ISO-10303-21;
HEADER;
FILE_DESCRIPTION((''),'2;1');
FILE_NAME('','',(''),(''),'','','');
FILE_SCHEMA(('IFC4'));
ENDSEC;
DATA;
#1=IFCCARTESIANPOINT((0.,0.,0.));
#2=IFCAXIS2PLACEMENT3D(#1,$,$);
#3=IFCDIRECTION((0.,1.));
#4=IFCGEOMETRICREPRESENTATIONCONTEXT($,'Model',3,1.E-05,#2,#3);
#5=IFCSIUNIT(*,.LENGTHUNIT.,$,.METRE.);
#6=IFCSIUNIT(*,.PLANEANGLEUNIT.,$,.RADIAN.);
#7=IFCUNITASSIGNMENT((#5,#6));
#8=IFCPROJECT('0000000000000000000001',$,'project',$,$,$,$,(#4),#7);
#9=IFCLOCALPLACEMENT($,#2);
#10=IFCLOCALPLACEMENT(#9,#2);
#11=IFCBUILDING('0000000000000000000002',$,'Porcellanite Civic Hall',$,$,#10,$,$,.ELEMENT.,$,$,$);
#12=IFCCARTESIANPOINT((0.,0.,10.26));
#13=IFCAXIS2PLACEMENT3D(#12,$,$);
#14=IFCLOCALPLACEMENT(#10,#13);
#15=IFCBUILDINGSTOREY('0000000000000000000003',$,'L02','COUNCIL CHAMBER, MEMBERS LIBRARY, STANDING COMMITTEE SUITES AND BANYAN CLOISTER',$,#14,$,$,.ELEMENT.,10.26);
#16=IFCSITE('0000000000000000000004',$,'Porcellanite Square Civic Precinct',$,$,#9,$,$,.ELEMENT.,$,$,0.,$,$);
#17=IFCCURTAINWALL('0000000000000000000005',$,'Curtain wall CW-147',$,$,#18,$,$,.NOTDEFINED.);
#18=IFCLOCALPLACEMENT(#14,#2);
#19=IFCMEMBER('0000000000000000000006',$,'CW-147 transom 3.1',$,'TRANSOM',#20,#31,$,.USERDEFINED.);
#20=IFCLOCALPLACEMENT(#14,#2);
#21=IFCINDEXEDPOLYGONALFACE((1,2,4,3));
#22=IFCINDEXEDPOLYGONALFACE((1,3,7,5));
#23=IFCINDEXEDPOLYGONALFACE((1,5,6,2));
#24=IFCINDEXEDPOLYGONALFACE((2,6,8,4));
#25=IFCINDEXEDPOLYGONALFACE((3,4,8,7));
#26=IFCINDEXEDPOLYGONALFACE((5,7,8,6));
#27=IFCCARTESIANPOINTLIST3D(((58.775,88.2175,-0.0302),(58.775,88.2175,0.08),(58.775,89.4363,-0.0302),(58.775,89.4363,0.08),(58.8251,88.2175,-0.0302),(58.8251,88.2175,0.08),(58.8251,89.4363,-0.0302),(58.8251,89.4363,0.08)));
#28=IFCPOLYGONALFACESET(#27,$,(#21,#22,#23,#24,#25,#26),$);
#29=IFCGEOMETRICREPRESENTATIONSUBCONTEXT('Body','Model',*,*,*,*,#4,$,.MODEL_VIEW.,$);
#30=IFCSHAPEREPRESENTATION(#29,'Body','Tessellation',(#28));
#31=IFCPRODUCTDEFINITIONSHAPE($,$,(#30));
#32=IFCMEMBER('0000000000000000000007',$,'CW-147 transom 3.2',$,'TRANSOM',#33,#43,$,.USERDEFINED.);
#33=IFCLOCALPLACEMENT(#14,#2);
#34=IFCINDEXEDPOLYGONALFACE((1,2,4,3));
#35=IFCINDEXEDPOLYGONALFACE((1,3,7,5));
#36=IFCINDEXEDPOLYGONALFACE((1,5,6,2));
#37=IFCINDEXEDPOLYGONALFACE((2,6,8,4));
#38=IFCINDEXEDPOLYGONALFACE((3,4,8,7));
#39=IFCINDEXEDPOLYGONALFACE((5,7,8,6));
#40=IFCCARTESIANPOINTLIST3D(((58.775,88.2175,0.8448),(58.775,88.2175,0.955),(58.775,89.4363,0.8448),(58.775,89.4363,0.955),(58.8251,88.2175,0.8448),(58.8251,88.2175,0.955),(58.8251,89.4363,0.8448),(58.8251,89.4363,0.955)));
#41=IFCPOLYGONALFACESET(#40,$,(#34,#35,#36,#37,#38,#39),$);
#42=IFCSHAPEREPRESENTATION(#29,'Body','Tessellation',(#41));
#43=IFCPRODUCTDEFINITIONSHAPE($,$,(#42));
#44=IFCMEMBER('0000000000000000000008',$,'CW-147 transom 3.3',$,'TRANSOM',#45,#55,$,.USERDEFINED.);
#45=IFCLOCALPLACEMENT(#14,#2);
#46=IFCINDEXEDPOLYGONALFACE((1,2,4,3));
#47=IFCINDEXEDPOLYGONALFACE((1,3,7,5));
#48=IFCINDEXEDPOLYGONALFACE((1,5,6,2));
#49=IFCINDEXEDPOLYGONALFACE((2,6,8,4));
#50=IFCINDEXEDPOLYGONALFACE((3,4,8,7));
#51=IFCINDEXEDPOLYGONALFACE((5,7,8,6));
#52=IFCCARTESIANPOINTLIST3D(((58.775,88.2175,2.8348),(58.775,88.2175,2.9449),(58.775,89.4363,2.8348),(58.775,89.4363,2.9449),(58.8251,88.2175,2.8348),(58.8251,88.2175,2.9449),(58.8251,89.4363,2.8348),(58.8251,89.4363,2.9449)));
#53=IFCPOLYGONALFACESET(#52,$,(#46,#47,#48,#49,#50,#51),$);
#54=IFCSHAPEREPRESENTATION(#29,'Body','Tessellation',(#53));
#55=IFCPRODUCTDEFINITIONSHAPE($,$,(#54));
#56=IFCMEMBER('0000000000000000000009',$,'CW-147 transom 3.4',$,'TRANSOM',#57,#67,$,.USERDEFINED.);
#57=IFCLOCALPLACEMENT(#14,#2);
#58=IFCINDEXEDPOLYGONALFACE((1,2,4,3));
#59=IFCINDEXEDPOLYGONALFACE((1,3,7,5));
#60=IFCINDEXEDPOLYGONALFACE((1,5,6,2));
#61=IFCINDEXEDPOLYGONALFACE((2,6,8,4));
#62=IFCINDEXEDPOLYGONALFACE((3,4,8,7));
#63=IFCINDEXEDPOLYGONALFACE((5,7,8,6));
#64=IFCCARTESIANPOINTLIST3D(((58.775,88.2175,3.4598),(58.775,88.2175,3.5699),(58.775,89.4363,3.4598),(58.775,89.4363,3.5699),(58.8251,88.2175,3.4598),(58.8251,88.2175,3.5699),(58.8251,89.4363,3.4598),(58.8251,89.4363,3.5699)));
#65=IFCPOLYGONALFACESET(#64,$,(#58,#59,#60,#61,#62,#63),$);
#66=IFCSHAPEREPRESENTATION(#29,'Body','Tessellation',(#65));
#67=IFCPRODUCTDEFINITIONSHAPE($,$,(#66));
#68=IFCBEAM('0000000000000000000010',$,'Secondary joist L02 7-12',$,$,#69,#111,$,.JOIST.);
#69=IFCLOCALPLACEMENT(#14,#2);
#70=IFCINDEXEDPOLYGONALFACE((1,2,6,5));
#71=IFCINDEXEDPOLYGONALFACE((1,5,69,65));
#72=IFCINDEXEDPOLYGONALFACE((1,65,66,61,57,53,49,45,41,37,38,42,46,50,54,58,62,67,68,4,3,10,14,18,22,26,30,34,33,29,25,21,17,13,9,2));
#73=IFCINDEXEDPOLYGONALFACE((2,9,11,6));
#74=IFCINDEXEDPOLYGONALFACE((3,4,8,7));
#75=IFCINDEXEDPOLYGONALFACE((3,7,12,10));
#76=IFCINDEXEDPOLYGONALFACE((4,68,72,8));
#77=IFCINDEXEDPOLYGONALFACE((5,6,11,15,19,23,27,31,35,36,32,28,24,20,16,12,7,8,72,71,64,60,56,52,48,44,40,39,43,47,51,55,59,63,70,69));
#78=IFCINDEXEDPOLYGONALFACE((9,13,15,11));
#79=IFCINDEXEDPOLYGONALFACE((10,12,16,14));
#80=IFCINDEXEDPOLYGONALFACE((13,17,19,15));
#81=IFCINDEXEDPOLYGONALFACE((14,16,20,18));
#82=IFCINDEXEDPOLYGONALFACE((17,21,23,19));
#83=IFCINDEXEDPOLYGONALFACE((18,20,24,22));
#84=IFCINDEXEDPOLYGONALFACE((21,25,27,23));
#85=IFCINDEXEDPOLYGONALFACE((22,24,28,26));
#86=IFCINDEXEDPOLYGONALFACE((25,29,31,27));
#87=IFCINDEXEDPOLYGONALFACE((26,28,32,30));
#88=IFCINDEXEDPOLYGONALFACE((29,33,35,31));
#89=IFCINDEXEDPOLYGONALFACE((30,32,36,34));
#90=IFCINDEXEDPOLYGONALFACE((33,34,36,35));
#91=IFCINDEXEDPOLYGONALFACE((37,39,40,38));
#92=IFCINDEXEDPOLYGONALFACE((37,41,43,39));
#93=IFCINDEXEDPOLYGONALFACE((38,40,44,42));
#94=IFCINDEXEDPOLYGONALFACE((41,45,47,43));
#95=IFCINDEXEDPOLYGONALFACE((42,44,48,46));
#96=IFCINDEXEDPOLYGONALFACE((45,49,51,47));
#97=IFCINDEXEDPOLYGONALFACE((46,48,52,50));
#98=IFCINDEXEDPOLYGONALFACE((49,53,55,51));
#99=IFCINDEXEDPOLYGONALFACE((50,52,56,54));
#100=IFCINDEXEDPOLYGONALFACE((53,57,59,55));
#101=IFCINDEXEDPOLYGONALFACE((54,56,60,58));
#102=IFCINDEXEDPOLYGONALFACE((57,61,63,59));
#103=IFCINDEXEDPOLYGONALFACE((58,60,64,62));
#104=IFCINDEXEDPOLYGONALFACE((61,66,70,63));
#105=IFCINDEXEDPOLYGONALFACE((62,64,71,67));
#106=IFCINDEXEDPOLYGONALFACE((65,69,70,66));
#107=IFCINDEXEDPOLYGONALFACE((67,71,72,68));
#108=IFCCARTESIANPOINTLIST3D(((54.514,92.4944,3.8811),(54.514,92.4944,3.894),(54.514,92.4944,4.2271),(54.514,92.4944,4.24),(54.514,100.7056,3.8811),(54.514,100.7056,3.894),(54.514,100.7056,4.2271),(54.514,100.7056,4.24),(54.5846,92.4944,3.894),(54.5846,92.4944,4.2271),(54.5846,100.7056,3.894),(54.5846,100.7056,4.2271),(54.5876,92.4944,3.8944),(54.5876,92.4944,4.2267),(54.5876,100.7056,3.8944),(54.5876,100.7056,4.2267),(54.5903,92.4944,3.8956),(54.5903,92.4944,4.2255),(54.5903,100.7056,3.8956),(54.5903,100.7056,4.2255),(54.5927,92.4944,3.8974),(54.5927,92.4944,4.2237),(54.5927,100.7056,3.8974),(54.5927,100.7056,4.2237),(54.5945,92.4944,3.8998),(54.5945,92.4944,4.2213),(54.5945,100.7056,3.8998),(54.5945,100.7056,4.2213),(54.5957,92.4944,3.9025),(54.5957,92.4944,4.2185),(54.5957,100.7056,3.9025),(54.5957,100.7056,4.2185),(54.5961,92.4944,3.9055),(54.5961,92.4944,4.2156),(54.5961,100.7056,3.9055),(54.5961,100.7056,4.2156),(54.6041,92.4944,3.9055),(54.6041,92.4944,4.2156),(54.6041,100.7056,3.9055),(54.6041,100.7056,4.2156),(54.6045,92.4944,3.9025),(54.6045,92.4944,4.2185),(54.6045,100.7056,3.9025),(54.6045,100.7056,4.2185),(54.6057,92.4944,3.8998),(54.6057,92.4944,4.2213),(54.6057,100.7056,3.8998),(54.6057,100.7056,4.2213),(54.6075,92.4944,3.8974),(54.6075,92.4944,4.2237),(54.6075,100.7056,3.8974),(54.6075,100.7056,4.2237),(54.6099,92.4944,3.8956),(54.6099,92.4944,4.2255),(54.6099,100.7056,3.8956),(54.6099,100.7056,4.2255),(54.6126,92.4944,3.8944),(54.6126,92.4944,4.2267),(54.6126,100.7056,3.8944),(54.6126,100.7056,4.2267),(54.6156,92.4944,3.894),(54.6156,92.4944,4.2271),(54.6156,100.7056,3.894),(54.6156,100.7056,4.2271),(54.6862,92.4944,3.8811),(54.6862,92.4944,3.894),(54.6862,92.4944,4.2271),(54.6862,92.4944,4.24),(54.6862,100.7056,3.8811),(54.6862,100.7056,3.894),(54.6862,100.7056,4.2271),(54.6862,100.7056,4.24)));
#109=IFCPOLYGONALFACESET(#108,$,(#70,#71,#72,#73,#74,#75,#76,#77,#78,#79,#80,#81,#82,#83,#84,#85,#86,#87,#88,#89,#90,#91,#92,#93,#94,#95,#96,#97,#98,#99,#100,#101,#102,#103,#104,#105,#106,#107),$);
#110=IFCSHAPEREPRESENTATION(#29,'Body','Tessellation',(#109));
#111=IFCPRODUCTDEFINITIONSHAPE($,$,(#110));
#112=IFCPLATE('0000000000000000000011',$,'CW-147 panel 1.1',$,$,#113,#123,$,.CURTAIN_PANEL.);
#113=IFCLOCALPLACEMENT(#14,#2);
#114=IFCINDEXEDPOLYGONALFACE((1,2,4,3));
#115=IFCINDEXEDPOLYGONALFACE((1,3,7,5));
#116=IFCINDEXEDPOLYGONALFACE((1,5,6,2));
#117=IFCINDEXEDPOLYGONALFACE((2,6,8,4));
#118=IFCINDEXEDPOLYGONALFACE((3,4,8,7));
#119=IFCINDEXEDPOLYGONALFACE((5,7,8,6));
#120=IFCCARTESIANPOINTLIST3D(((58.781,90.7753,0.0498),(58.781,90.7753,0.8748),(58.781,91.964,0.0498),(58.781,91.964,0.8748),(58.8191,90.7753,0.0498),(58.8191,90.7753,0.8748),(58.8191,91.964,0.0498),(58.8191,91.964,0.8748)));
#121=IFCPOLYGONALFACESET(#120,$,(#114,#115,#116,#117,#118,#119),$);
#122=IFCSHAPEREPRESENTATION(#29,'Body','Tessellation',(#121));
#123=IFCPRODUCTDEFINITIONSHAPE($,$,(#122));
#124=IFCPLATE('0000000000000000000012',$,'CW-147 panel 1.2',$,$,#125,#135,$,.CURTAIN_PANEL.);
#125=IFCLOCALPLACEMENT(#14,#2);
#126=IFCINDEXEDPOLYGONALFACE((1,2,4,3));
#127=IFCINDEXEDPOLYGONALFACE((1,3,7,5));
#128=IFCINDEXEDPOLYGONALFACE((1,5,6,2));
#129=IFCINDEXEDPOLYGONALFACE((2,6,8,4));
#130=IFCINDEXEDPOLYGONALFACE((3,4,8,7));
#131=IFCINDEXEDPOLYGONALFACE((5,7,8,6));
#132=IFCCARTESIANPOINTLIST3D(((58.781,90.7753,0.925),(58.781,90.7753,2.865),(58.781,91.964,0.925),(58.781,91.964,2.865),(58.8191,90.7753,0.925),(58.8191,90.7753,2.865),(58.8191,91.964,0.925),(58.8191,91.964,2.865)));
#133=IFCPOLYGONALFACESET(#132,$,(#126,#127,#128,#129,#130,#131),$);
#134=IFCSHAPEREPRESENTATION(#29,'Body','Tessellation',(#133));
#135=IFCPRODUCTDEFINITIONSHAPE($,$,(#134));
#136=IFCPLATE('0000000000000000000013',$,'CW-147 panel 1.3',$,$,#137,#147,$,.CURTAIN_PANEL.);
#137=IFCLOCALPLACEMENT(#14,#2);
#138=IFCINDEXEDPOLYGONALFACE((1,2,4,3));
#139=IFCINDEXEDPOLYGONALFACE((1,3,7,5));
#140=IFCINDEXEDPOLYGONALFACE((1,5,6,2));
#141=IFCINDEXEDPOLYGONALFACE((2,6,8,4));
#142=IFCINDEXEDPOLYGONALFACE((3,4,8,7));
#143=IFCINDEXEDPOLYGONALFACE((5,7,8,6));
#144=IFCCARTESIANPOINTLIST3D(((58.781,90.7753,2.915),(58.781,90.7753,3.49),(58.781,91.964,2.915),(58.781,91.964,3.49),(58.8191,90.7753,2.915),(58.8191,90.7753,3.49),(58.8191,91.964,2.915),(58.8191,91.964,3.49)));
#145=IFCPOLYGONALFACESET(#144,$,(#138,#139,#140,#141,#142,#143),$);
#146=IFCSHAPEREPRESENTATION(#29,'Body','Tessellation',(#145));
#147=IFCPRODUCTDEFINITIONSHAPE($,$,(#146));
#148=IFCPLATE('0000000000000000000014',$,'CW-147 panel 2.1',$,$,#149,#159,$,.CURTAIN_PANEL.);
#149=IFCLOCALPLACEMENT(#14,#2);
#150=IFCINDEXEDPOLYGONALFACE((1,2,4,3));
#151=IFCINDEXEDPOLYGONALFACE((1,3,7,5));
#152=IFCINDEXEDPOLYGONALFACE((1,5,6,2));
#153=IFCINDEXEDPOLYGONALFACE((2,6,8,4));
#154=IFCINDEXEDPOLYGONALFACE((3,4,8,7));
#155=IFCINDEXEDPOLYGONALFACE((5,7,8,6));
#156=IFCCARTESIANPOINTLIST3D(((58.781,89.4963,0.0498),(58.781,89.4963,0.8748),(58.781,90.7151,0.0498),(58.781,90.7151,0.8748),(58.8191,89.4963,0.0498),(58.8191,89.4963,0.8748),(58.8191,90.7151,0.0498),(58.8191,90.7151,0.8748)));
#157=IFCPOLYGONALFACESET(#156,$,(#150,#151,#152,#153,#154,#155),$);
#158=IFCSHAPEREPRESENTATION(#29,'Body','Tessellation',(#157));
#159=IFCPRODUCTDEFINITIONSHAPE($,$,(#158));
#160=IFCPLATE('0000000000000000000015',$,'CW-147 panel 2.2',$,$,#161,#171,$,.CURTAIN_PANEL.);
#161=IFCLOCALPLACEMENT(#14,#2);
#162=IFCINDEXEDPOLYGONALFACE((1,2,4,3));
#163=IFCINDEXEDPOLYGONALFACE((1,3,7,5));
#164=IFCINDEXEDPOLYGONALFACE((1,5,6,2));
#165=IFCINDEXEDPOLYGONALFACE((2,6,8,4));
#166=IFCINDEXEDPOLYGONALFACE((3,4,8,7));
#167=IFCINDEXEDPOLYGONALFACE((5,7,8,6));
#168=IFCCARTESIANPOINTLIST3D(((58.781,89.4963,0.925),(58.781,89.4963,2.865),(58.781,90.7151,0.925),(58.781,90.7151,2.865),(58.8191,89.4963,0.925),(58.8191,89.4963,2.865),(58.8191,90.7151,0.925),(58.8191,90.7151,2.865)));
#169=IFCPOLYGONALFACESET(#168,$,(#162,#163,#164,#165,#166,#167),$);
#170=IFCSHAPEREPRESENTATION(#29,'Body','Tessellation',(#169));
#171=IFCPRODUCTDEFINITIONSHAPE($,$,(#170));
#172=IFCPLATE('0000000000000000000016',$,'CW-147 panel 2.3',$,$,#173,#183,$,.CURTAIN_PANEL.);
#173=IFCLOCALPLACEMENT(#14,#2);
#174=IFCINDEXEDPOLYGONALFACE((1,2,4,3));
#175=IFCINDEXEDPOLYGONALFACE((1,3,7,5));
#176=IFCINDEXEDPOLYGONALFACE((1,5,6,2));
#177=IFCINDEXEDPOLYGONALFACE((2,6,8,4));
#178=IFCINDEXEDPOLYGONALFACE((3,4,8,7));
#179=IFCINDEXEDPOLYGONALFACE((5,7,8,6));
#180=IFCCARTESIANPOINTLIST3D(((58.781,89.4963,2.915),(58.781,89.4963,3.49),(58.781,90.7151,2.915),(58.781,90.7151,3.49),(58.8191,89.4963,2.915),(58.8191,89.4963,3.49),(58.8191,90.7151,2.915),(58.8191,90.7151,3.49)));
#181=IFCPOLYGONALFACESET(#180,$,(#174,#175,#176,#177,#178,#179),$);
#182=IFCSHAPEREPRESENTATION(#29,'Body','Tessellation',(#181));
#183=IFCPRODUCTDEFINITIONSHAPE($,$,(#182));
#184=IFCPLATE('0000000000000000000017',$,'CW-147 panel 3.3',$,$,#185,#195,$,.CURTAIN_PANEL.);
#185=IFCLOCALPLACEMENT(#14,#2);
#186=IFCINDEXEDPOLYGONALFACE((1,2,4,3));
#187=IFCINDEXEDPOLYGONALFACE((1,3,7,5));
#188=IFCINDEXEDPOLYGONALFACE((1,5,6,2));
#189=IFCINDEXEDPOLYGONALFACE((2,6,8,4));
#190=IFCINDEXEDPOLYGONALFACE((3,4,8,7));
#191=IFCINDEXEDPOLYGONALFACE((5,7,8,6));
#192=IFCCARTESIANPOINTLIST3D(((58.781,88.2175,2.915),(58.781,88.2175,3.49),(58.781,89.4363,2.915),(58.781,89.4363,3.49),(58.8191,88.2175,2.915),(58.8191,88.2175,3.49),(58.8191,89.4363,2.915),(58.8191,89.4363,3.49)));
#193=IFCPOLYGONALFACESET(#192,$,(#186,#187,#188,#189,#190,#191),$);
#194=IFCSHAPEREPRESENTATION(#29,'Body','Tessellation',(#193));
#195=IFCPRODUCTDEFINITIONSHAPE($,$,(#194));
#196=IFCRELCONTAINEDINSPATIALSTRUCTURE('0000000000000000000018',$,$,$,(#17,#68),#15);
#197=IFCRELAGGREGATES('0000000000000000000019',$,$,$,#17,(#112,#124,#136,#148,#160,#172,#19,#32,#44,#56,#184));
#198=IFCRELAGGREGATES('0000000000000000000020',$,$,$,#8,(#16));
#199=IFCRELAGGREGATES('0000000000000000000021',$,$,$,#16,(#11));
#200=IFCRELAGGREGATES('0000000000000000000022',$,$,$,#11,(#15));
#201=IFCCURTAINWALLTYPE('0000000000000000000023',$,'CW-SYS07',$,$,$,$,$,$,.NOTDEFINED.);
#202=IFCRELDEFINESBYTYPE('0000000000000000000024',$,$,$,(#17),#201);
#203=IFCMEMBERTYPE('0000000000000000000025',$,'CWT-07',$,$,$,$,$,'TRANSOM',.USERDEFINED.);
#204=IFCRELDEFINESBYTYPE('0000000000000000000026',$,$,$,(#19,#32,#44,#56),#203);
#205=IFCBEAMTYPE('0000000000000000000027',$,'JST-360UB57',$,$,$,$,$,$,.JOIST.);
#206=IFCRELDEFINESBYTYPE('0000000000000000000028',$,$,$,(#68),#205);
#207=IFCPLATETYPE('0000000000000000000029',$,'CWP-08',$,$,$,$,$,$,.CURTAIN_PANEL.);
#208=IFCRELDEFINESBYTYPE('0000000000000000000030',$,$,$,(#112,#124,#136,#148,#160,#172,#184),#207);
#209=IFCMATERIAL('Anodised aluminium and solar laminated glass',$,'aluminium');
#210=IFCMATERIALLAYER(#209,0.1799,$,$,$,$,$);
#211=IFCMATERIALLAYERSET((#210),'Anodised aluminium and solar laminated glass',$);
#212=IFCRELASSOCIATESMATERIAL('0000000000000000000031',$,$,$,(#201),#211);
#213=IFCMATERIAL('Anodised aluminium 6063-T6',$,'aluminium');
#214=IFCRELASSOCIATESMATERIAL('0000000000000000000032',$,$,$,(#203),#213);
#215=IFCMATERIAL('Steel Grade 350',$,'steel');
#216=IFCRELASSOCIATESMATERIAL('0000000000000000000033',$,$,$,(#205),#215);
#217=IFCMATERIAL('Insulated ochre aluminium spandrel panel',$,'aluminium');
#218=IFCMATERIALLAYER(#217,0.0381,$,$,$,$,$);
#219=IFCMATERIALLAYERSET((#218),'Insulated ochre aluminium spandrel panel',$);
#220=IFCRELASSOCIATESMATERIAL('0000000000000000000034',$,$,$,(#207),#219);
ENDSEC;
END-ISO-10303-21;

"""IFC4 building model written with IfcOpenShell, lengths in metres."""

from ifc_helpers import new_model, si_unit, direction, frame, origin, origin_2d, place, context, subcontext, project, spatial, rectangle, i_section, extrude, material, layer, layer_set, material_profile, profile_set, type_object, element, aggregate, save


model = new_model("IFC4")

# Units and contexts
model_context = context("Model", 3, precision=1e-05, world=origin(), true_north=direction((0.0, 1.0)))
body_context = subcontext(model_context, "Body", "Model", "MODEL_VIEW")
ifc_project = project(units=[si_unit("LENGTHUNIT", "METRE"), si_unit("PLANEANGLEUNIT", "RADIAN")], contexts=[model_context])

# Site, building, storey
site_placement = place(None, origin())
site = spatial("IfcSite", under=ifc_project, at=site_placement, Name="Porcellanite Square Civic Precinct", CompositionType="ELEMENT", RefElevation=0.0)
building_placement = place(site_placement, origin())
building = spatial("IfcBuilding", under=site, at=building_placement, Name="Porcellanite Civic Hall", CompositionType="ELEMENT")
storey_placement = place(building_placement, frame((0.0, 0.0, 10.26)))
storey = spatial("IfcBuildingStorey", under=building, at=storey_placement, Name="L02", Description="COUNCIL CHAMBER, MEMBERS LIBRARY, STANDING COMMITTEE SUITES AND BANYAN CLOISTER", CompositionType="ELEMENT", Elevation=10.26)

# Curtain wall, members
ifc_material_1 = material(Name="Anodised aluminium and solar laminated glass", Category="aluminium")
ifc_layer_1 = layer(ifc_material_1, 0.1799)
ifc_layer_set_1 = layer_set([ifc_layer_1], Name="Anodised aluminium and solar laminated glass")
curtain_wall_type_1 = type_object("IfcCurtainWallType", Name="CW-SYS07", PredefinedType="NOTDEFINED", material=ifc_layer_set_1)
curtain_wall_1_placement = place(storey_placement, origin())
curtain_wall_1 = element("IfcCurtainWall", 1, at=curtain_wall_1_placement, inside=storey, type_object=curtain_wall_type_1, Name="Curtain wall CW-147", PredefinedType="NOTDEFINED")
ifc_material_2 = material(Name="Anodised aluminium 6063-T6", Category="aluminium")
ifc_material_profile_1 = material_profile(ifc_material_2, rectangle(XDim=0.05, YDim=0.1101, at=origin_2d()), Name="AL-50x110")
ifc_profile_set_1 = profile_set([ifc_material_profile_1], Name="Anodised aluminium 6063-T6")
member_type_1 = type_object("IfcMemberType", Name="CWT-07", ElementType="TRANSOM", PredefinedType="USERDEFINED", material=ifc_profile_set_1)
member_1_placement = place(storey_placement, frame((58.8, 89.4363, 0.0249), z_axis=(0.0, -1.0, 0.0), x_axis=(1.0, 0.0, 0.0)))
member_1 = element("IfcMember", 2, at=member_1_placement, type_object=member_type_1, Name="CW-147 transom 3.1", ObjectType="TRANSOM", PredefinedType="USERDEFINED", context=body_context, shape_type="SweptSolid", body=[
    extrude(rectangle(XDim=0.05, YDim=0.1101, at=origin_2d()), origin(), (0.0, 0.0, 1.0), 1.2188),
])
member_2_placement = place(storey_placement, frame((58.8, 89.4363, 0.8999), z_axis=(0.0, -1.0, 0.0), x_axis=(1.0, 0.0, 0.0)))
member_2 = element("IfcMember", 3, at=member_2_placement, type_object=member_type_1, Name="CW-147 transom 3.2", ObjectType="TRANSOM", PredefinedType="USERDEFINED", context=body_context, shape_type="SweptSolid", body=[
    extrude(rectangle(XDim=0.05, YDim=0.1101, at=origin_2d()), origin(), (0.0, 0.0, 1.0), 1.2188),
])
member_3_placement = place(storey_placement, frame((58.8, 89.4363, 2.8899), z_axis=(0.0, -1.0, 0.0), x_axis=(1.0, 0.0, 0.0)))
member_3 = element("IfcMember", 4, at=member_3_placement, type_object=member_type_1, Name="CW-147 transom 3.3", ObjectType="TRANSOM", PredefinedType="USERDEFINED", context=body_context, shape_type="SweptSolid", body=[
    extrude(rectangle(XDim=0.05, YDim=0.1101, at=origin_2d()), origin(), (0.0, 0.0, 1.0), 1.2188),
])
member_4_placement = place(storey_placement, frame((58.8, 89.4363, 3.5149), z_axis=(0.0, -1.0, 0.0), x_axis=(1.0, 0.0, 0.0)))
member_4 = element("IfcMember", 5, at=member_4_placement, type_object=member_type_1, Name="CW-147 transom 3.4", ObjectType="TRANSOM", PredefinedType="USERDEFINED", context=body_context, shape_type="SweptSolid", body=[
    extrude(rectangle(XDim=0.05, YDim=0.1101, at=origin_2d()), origin(), (0.0, 0.0, 1.0), 1.2188),
])

# Beam
ifc_material_3 = material(Name="Steel Grade 350", Category="steel")
ifc_material_profile_2 = material_profile(ifc_material_3, i_section(OverallWidth=0.1721, OverallDepth=0.3589, WebThickness=0.0081, FlangeThickness=0.0129, FilletRadius=0.0115, at=origin_2d()), Name="360UB56.7")
ifc_profile_set_2 = profile_set([ifc_material_profile_2], Name="Steel Grade 350")
beam_type_1 = type_object("IfcBeamType", Name="JST-360UB57", PredefinedType="JOIST", material=ifc_profile_set_2)
beam_1_placement = place(storey_placement, frame((54.6001, 92.4944, 4.0605), z_axis=(0.0, 1.0, 0.0), x_axis=(-1.0, 0.0, 0.0)))
element("IfcBeam", 6, at=beam_1_placement, inside=storey, type_object=beam_type_1, Name="Secondary joist L02 7-12", PredefinedType="JOIST", context=body_context, shape_type="SweptSolid", body=[
    extrude(i_section(OverallWidth=0.1721, OverallDepth=0.3589, WebThickness=0.0081, FlangeThickness=0.0129, FilletRadius=0.0115, at=origin_2d()), origin(), (0.0, 0.0, 1.0), 8.2112),
])

# Plates
ifc_material_4 = material(Name="Insulated ochre aluminium spandrel panel", Category="aluminium")
ifc_layer_2 = layer(ifc_material_4, 0.0381)
ifc_layer_set_2 = layer_set([ifc_layer_2], Name="Insulated ochre aluminium spandrel panel")
plate_type = type_object("IfcPlateType", Name="CWP-08", PredefinedType="CURTAIN_PANEL", material=ifc_layer_set_2)
plate_1_placement = place(storey_placement, frame((58.8, 91.3696, 0.0498), z_axis=(0.0, 0.0, 1.0), x_axis=(0.0, -1.0, 0.0)))
plate_1 = element("IfcPlate", 7, at=plate_1_placement, type_object=plate_type, Name="CW-147 panel 1.1", PredefinedType="CURTAIN_PANEL", context=body_context, shape_type="SweptSolid", body=[
    extrude(rectangle(XDim=1.1887, YDim=0.0381, at=origin_2d()), origin(), (0.0, 0.0, 1.0), 0.825),
])
plate_2_placement = place(storey_placement, frame((58.8, 91.3696, 0.925), z_axis=(0.0, 0.0, 1.0), x_axis=(0.0, -1.0, 0.0)))
plate_2 = element("IfcPlate", 8, at=plate_2_placement, type_object=plate_type, Name="CW-147 panel 1.2", PredefinedType="CURTAIN_PANEL", context=body_context, shape_type="SweptSolid", body=[
    extrude(rectangle(XDim=1.1887, YDim=0.0381, at=origin_2d()), origin(), (0.0, 0.0, 1.0), 1.9399),
])
plate_3_placement = place(storey_placement, frame((58.8, 91.3696, 2.915), z_axis=(0.0, 0.0, 1.0), x_axis=(0.0, -1.0, 0.0)))
plate_3 = element("IfcPlate", 9, at=plate_3_placement, type_object=plate_type, Name="CW-147 panel 1.3", PredefinedType="CURTAIN_PANEL", context=body_context, shape_type="SweptSolid", body=[
    extrude(rectangle(XDim=1.1887, YDim=0.0381, at=origin_2d()), origin(), (0.0, 0.0, 1.0), 0.575),
])
plate_4_placement = place(storey_placement, frame((58.8, 90.1057, 0.0498), z_axis=(0.0, 0.0, 1.0), x_axis=(0.0, -1.0, 0.0)))
plate_4 = element("IfcPlate", 10, at=plate_4_placement, type_object=plate_type, Name="CW-147 panel 2.1", PredefinedType="CURTAIN_PANEL", context=body_context, shape_type="SweptSolid", body=[
    extrude(rectangle(XDim=1.2188, YDim=0.0381, at=origin_2d()), origin(), (0.0, 0.0, 1.0), 0.825),
])
plate_5_placement = place(storey_placement, frame((58.8, 90.1057, 0.925), z_axis=(0.0, 0.0, 1.0), x_axis=(0.0, -1.0, 0.0)))
plate_5 = element("IfcPlate", 11, at=plate_5_placement, type_object=plate_type, Name="CW-147 panel 2.2", PredefinedType="CURTAIN_PANEL", context=body_context, shape_type="SweptSolid", body=[
    extrude(rectangle(XDim=1.2188, YDim=0.0381, at=origin_2d()), origin(), (0.0, 0.0, 1.0), 1.9399),
])
plate_6_placement = place(storey_placement, frame((58.8, 90.1057, 2.915), z_axis=(0.0, 0.0, 1.0), x_axis=(0.0, -1.0, 0.0)))
plate_6 = element("IfcPlate", 12, at=plate_6_placement, type_object=plate_type, Name="CW-147 panel 2.3", PredefinedType="CURTAIN_PANEL", context=body_context, shape_type="SweptSolid", body=[
    extrude(rectangle(XDim=1.2188, YDim=0.0381, at=origin_2d()), origin(), (0.0, 0.0, 1.0), 0.575),
])
plate_7_placement = place(storey_placement, frame((58.8, 88.8269, 2.915), z_axis=(0.0, 0.0, 1.0), x_axis=(0.0, -1.0, 0.0)))
plate_7 = element("IfcPlate", 13, at=plate_7_placement, type_object=plate_type, Name="CW-147 panel 3.3", PredefinedType="CURTAIN_PANEL", context=body_context, shape_type="SweptSolid", body=[
    extrude(rectangle(XDim=1.2188, YDim=0.0381, at=origin_2d()), origin(), (0.0, 0.0, 1.0), 0.575),
])
aggregate(curtain_wall_1, [plate_1, plate_2, plate_3, plate_4, plate_5, plate_6, member_1, member_2, member_3, member_4, plate_7])

save(model, "model.ifc")
